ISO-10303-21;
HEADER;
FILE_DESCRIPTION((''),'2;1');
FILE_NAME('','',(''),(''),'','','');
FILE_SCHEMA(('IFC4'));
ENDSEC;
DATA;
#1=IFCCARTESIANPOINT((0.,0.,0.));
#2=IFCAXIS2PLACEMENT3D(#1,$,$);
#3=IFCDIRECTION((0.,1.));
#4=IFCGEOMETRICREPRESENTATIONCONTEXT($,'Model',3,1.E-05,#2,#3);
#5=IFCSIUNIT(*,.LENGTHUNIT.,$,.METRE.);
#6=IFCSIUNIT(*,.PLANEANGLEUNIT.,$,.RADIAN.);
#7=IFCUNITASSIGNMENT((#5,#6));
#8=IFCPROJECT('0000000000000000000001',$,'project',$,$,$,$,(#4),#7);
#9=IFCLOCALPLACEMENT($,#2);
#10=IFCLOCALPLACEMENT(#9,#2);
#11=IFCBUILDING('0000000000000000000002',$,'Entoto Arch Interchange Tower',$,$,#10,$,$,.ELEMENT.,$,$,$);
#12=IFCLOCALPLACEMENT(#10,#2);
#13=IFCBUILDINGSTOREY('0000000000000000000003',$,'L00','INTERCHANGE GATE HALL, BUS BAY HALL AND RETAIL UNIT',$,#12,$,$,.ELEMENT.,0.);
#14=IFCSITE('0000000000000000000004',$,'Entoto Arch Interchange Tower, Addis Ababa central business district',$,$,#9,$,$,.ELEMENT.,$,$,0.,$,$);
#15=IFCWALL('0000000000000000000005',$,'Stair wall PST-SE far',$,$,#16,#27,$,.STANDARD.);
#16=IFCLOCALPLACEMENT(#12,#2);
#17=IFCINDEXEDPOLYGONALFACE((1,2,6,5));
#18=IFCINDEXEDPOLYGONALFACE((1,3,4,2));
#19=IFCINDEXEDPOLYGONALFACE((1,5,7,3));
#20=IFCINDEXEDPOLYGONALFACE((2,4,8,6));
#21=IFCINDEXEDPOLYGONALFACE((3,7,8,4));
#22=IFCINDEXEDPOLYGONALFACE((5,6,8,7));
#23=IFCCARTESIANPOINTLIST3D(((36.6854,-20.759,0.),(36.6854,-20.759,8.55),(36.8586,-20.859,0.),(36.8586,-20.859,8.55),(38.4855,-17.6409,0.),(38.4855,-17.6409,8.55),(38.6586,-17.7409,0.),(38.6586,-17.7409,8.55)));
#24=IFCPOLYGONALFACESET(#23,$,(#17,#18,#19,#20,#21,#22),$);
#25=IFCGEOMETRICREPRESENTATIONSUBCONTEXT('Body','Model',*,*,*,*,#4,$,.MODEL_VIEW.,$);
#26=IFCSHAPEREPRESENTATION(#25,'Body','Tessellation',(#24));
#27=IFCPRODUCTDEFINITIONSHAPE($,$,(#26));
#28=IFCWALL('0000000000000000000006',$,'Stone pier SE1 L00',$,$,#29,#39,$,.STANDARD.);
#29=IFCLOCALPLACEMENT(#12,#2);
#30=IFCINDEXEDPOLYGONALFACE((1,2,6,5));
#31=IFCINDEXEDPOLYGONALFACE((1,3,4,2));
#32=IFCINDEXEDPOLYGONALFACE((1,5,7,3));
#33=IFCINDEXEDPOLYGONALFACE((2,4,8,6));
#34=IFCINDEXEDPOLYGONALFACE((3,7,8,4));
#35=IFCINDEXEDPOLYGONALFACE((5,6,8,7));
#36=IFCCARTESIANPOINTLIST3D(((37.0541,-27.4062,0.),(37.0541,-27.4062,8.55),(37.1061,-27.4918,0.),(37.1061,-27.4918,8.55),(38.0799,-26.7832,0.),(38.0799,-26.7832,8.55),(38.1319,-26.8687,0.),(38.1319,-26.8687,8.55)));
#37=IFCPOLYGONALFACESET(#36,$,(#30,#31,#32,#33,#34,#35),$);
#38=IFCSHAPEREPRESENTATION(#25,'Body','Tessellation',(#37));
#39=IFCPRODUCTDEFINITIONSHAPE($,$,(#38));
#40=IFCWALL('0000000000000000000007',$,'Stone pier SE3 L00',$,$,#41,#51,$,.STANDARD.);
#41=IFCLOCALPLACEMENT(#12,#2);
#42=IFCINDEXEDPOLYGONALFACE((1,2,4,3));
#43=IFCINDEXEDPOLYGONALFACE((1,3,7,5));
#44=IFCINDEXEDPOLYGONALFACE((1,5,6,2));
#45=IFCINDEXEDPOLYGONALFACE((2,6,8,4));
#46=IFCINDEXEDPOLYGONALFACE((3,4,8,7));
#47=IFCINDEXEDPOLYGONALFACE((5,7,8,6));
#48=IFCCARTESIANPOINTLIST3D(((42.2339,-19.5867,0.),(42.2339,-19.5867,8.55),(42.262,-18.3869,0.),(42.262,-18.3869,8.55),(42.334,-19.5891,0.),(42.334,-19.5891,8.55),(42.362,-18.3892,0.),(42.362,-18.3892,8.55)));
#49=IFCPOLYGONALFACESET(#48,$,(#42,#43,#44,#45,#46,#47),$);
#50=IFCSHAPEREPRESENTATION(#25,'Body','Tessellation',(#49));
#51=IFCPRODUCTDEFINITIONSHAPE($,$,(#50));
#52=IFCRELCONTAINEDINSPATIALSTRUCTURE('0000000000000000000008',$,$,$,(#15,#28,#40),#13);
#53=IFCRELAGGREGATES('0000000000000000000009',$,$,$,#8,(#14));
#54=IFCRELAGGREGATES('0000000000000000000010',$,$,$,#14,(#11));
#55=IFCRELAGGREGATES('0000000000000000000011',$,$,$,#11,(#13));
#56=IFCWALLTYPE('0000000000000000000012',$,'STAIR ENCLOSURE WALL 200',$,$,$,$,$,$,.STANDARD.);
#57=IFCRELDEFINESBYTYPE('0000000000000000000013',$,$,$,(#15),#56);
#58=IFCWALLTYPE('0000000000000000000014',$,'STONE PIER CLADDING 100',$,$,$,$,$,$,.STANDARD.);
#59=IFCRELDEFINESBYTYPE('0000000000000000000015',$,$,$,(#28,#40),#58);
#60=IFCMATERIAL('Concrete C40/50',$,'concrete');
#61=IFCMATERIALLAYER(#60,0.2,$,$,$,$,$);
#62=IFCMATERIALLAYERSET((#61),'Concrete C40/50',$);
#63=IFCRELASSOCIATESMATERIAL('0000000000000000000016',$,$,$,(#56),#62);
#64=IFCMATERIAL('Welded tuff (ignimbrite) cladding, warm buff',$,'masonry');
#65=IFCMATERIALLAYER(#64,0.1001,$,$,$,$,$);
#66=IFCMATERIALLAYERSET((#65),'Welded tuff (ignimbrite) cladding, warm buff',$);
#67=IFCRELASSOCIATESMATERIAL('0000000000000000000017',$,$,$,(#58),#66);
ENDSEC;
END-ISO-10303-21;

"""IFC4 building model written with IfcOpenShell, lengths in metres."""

from ifc_helpers import new_model, si_unit, direction, frame, frame_2d, origin, place, context, subcontext, project, spatial, rectangle, extrude, material, layer, layer_set, type_object, element, save


model = new_model("IFC4")

# Units and contexts
model_context = context("Model", 3, precision=1e-05, world=origin(), true_north=direction((0.0, 1.0)))
body_context = subcontext(model_context, "Body", "Model", "MODEL_VIEW")
ifc_project = project(units=[si_unit("LENGTHUNIT", "METRE"), si_unit("PLANEANGLEUNIT", "RADIAN")], contexts=[model_context])

# Site, building, storey
site_placement = place(None, origin())
site = spatial("IfcSite", under=ifc_project, at=site_placement, Name="Entoto Arch Interchange Tower, Addis Ababa central business district", CompositionType="ELEMENT", RefElevation=0.0)
building_placement = place(site_placement, origin())
building = spatial("IfcBuilding", under=site, at=building_placement, Name="Entoto Arch Interchange Tower", CompositionType="ELEMENT")
storey_placement = place(building_placement, origin())
storey = spatial("IfcBuildingStorey", under=building, at=storey_placement, Name="L00", Description="INTERCHANGE GATE HALL, BUS BAY HALL AND RETAIL UNIT", CompositionType="ELEMENT", Elevation=0.0)

# Walls
ifc_material_1 = material(Name="Concrete C40/50", Category="concrete")
ifc_layer_1 = layer(ifc_material_1, 0.2)
ifc_layer_set_1 = layer_set([ifc_layer_1], Name="Concrete C40/50")
wall_type_1 = type_object("IfcWallType", Name="STAIR ENCLOSURE WALL 200", PredefinedType="STANDARD", material=ifc_layer_set_1)
wall_placement = place(storey_placement, frame((36.772, -20.8091, 0.0), z_axis=(0.0, 0.0, 1.0), x_axis=(0.499953, 0.866052, 0.0)))
element("IfcWall", 1, at=wall_placement, inside=storey, type_object=wall_type_1, Name="Stair wall PST-SE far", PredefinedType="STANDARD", context=body_context, shape_type="SweptSolid", body=[
    extrude(rectangle(XDim=3.6003, YDim=0.2, at=frame_2d((1.8003, 0.0))), origin(), (0.0, 0.0, 1.0), 8.55),
])
ifc_material_2 = material(Name="Welded tuff (ignimbrite) cladding, warm buff", Category="masonry")
ifc_layer_2 = layer(ifc_material_2, 0.1001)
ifc_layer_set_2 = layer_set([ifc_layer_2], Name="Welded tuff (ignimbrite) cladding, warm buff")
wall_type_2 = type_object("IfcWallType", Name="STONE PIER CLADDING 100", PredefinedType="STANDARD", material=ifc_layer_set_2)
for number, where, z_axis, x_axis, name in (
    (2, (37.0801, -27.449, 0.0), (0.0, 0.0, 1.0), (0.854717, 0.519095, 0.0), "Stone pier SE1 L00"),
    (3, (42.2839, -19.5879, 0.0), (0.0, 0.0, 1.0), (0.023391, 0.999726, 0.0), "Stone pier SE3 L00"),
):
    element("IfcWall", number, at=place(storey_placement, frame(where, z_axis=z_axis, x_axis=x_axis)), inside=storey, type_object=wall_type_2, Name=name, PredefinedType="STANDARD", context=body_context, shape_type="SweptSolid", body=[
        extrude(rectangle(XDim=1.2002, YDim=0.1001, at=frame_2d((0.6001, 0.0))), origin(), (0.0, 0.0, 1.0), 8.55),
    ])

save(model, "model.ifc")
